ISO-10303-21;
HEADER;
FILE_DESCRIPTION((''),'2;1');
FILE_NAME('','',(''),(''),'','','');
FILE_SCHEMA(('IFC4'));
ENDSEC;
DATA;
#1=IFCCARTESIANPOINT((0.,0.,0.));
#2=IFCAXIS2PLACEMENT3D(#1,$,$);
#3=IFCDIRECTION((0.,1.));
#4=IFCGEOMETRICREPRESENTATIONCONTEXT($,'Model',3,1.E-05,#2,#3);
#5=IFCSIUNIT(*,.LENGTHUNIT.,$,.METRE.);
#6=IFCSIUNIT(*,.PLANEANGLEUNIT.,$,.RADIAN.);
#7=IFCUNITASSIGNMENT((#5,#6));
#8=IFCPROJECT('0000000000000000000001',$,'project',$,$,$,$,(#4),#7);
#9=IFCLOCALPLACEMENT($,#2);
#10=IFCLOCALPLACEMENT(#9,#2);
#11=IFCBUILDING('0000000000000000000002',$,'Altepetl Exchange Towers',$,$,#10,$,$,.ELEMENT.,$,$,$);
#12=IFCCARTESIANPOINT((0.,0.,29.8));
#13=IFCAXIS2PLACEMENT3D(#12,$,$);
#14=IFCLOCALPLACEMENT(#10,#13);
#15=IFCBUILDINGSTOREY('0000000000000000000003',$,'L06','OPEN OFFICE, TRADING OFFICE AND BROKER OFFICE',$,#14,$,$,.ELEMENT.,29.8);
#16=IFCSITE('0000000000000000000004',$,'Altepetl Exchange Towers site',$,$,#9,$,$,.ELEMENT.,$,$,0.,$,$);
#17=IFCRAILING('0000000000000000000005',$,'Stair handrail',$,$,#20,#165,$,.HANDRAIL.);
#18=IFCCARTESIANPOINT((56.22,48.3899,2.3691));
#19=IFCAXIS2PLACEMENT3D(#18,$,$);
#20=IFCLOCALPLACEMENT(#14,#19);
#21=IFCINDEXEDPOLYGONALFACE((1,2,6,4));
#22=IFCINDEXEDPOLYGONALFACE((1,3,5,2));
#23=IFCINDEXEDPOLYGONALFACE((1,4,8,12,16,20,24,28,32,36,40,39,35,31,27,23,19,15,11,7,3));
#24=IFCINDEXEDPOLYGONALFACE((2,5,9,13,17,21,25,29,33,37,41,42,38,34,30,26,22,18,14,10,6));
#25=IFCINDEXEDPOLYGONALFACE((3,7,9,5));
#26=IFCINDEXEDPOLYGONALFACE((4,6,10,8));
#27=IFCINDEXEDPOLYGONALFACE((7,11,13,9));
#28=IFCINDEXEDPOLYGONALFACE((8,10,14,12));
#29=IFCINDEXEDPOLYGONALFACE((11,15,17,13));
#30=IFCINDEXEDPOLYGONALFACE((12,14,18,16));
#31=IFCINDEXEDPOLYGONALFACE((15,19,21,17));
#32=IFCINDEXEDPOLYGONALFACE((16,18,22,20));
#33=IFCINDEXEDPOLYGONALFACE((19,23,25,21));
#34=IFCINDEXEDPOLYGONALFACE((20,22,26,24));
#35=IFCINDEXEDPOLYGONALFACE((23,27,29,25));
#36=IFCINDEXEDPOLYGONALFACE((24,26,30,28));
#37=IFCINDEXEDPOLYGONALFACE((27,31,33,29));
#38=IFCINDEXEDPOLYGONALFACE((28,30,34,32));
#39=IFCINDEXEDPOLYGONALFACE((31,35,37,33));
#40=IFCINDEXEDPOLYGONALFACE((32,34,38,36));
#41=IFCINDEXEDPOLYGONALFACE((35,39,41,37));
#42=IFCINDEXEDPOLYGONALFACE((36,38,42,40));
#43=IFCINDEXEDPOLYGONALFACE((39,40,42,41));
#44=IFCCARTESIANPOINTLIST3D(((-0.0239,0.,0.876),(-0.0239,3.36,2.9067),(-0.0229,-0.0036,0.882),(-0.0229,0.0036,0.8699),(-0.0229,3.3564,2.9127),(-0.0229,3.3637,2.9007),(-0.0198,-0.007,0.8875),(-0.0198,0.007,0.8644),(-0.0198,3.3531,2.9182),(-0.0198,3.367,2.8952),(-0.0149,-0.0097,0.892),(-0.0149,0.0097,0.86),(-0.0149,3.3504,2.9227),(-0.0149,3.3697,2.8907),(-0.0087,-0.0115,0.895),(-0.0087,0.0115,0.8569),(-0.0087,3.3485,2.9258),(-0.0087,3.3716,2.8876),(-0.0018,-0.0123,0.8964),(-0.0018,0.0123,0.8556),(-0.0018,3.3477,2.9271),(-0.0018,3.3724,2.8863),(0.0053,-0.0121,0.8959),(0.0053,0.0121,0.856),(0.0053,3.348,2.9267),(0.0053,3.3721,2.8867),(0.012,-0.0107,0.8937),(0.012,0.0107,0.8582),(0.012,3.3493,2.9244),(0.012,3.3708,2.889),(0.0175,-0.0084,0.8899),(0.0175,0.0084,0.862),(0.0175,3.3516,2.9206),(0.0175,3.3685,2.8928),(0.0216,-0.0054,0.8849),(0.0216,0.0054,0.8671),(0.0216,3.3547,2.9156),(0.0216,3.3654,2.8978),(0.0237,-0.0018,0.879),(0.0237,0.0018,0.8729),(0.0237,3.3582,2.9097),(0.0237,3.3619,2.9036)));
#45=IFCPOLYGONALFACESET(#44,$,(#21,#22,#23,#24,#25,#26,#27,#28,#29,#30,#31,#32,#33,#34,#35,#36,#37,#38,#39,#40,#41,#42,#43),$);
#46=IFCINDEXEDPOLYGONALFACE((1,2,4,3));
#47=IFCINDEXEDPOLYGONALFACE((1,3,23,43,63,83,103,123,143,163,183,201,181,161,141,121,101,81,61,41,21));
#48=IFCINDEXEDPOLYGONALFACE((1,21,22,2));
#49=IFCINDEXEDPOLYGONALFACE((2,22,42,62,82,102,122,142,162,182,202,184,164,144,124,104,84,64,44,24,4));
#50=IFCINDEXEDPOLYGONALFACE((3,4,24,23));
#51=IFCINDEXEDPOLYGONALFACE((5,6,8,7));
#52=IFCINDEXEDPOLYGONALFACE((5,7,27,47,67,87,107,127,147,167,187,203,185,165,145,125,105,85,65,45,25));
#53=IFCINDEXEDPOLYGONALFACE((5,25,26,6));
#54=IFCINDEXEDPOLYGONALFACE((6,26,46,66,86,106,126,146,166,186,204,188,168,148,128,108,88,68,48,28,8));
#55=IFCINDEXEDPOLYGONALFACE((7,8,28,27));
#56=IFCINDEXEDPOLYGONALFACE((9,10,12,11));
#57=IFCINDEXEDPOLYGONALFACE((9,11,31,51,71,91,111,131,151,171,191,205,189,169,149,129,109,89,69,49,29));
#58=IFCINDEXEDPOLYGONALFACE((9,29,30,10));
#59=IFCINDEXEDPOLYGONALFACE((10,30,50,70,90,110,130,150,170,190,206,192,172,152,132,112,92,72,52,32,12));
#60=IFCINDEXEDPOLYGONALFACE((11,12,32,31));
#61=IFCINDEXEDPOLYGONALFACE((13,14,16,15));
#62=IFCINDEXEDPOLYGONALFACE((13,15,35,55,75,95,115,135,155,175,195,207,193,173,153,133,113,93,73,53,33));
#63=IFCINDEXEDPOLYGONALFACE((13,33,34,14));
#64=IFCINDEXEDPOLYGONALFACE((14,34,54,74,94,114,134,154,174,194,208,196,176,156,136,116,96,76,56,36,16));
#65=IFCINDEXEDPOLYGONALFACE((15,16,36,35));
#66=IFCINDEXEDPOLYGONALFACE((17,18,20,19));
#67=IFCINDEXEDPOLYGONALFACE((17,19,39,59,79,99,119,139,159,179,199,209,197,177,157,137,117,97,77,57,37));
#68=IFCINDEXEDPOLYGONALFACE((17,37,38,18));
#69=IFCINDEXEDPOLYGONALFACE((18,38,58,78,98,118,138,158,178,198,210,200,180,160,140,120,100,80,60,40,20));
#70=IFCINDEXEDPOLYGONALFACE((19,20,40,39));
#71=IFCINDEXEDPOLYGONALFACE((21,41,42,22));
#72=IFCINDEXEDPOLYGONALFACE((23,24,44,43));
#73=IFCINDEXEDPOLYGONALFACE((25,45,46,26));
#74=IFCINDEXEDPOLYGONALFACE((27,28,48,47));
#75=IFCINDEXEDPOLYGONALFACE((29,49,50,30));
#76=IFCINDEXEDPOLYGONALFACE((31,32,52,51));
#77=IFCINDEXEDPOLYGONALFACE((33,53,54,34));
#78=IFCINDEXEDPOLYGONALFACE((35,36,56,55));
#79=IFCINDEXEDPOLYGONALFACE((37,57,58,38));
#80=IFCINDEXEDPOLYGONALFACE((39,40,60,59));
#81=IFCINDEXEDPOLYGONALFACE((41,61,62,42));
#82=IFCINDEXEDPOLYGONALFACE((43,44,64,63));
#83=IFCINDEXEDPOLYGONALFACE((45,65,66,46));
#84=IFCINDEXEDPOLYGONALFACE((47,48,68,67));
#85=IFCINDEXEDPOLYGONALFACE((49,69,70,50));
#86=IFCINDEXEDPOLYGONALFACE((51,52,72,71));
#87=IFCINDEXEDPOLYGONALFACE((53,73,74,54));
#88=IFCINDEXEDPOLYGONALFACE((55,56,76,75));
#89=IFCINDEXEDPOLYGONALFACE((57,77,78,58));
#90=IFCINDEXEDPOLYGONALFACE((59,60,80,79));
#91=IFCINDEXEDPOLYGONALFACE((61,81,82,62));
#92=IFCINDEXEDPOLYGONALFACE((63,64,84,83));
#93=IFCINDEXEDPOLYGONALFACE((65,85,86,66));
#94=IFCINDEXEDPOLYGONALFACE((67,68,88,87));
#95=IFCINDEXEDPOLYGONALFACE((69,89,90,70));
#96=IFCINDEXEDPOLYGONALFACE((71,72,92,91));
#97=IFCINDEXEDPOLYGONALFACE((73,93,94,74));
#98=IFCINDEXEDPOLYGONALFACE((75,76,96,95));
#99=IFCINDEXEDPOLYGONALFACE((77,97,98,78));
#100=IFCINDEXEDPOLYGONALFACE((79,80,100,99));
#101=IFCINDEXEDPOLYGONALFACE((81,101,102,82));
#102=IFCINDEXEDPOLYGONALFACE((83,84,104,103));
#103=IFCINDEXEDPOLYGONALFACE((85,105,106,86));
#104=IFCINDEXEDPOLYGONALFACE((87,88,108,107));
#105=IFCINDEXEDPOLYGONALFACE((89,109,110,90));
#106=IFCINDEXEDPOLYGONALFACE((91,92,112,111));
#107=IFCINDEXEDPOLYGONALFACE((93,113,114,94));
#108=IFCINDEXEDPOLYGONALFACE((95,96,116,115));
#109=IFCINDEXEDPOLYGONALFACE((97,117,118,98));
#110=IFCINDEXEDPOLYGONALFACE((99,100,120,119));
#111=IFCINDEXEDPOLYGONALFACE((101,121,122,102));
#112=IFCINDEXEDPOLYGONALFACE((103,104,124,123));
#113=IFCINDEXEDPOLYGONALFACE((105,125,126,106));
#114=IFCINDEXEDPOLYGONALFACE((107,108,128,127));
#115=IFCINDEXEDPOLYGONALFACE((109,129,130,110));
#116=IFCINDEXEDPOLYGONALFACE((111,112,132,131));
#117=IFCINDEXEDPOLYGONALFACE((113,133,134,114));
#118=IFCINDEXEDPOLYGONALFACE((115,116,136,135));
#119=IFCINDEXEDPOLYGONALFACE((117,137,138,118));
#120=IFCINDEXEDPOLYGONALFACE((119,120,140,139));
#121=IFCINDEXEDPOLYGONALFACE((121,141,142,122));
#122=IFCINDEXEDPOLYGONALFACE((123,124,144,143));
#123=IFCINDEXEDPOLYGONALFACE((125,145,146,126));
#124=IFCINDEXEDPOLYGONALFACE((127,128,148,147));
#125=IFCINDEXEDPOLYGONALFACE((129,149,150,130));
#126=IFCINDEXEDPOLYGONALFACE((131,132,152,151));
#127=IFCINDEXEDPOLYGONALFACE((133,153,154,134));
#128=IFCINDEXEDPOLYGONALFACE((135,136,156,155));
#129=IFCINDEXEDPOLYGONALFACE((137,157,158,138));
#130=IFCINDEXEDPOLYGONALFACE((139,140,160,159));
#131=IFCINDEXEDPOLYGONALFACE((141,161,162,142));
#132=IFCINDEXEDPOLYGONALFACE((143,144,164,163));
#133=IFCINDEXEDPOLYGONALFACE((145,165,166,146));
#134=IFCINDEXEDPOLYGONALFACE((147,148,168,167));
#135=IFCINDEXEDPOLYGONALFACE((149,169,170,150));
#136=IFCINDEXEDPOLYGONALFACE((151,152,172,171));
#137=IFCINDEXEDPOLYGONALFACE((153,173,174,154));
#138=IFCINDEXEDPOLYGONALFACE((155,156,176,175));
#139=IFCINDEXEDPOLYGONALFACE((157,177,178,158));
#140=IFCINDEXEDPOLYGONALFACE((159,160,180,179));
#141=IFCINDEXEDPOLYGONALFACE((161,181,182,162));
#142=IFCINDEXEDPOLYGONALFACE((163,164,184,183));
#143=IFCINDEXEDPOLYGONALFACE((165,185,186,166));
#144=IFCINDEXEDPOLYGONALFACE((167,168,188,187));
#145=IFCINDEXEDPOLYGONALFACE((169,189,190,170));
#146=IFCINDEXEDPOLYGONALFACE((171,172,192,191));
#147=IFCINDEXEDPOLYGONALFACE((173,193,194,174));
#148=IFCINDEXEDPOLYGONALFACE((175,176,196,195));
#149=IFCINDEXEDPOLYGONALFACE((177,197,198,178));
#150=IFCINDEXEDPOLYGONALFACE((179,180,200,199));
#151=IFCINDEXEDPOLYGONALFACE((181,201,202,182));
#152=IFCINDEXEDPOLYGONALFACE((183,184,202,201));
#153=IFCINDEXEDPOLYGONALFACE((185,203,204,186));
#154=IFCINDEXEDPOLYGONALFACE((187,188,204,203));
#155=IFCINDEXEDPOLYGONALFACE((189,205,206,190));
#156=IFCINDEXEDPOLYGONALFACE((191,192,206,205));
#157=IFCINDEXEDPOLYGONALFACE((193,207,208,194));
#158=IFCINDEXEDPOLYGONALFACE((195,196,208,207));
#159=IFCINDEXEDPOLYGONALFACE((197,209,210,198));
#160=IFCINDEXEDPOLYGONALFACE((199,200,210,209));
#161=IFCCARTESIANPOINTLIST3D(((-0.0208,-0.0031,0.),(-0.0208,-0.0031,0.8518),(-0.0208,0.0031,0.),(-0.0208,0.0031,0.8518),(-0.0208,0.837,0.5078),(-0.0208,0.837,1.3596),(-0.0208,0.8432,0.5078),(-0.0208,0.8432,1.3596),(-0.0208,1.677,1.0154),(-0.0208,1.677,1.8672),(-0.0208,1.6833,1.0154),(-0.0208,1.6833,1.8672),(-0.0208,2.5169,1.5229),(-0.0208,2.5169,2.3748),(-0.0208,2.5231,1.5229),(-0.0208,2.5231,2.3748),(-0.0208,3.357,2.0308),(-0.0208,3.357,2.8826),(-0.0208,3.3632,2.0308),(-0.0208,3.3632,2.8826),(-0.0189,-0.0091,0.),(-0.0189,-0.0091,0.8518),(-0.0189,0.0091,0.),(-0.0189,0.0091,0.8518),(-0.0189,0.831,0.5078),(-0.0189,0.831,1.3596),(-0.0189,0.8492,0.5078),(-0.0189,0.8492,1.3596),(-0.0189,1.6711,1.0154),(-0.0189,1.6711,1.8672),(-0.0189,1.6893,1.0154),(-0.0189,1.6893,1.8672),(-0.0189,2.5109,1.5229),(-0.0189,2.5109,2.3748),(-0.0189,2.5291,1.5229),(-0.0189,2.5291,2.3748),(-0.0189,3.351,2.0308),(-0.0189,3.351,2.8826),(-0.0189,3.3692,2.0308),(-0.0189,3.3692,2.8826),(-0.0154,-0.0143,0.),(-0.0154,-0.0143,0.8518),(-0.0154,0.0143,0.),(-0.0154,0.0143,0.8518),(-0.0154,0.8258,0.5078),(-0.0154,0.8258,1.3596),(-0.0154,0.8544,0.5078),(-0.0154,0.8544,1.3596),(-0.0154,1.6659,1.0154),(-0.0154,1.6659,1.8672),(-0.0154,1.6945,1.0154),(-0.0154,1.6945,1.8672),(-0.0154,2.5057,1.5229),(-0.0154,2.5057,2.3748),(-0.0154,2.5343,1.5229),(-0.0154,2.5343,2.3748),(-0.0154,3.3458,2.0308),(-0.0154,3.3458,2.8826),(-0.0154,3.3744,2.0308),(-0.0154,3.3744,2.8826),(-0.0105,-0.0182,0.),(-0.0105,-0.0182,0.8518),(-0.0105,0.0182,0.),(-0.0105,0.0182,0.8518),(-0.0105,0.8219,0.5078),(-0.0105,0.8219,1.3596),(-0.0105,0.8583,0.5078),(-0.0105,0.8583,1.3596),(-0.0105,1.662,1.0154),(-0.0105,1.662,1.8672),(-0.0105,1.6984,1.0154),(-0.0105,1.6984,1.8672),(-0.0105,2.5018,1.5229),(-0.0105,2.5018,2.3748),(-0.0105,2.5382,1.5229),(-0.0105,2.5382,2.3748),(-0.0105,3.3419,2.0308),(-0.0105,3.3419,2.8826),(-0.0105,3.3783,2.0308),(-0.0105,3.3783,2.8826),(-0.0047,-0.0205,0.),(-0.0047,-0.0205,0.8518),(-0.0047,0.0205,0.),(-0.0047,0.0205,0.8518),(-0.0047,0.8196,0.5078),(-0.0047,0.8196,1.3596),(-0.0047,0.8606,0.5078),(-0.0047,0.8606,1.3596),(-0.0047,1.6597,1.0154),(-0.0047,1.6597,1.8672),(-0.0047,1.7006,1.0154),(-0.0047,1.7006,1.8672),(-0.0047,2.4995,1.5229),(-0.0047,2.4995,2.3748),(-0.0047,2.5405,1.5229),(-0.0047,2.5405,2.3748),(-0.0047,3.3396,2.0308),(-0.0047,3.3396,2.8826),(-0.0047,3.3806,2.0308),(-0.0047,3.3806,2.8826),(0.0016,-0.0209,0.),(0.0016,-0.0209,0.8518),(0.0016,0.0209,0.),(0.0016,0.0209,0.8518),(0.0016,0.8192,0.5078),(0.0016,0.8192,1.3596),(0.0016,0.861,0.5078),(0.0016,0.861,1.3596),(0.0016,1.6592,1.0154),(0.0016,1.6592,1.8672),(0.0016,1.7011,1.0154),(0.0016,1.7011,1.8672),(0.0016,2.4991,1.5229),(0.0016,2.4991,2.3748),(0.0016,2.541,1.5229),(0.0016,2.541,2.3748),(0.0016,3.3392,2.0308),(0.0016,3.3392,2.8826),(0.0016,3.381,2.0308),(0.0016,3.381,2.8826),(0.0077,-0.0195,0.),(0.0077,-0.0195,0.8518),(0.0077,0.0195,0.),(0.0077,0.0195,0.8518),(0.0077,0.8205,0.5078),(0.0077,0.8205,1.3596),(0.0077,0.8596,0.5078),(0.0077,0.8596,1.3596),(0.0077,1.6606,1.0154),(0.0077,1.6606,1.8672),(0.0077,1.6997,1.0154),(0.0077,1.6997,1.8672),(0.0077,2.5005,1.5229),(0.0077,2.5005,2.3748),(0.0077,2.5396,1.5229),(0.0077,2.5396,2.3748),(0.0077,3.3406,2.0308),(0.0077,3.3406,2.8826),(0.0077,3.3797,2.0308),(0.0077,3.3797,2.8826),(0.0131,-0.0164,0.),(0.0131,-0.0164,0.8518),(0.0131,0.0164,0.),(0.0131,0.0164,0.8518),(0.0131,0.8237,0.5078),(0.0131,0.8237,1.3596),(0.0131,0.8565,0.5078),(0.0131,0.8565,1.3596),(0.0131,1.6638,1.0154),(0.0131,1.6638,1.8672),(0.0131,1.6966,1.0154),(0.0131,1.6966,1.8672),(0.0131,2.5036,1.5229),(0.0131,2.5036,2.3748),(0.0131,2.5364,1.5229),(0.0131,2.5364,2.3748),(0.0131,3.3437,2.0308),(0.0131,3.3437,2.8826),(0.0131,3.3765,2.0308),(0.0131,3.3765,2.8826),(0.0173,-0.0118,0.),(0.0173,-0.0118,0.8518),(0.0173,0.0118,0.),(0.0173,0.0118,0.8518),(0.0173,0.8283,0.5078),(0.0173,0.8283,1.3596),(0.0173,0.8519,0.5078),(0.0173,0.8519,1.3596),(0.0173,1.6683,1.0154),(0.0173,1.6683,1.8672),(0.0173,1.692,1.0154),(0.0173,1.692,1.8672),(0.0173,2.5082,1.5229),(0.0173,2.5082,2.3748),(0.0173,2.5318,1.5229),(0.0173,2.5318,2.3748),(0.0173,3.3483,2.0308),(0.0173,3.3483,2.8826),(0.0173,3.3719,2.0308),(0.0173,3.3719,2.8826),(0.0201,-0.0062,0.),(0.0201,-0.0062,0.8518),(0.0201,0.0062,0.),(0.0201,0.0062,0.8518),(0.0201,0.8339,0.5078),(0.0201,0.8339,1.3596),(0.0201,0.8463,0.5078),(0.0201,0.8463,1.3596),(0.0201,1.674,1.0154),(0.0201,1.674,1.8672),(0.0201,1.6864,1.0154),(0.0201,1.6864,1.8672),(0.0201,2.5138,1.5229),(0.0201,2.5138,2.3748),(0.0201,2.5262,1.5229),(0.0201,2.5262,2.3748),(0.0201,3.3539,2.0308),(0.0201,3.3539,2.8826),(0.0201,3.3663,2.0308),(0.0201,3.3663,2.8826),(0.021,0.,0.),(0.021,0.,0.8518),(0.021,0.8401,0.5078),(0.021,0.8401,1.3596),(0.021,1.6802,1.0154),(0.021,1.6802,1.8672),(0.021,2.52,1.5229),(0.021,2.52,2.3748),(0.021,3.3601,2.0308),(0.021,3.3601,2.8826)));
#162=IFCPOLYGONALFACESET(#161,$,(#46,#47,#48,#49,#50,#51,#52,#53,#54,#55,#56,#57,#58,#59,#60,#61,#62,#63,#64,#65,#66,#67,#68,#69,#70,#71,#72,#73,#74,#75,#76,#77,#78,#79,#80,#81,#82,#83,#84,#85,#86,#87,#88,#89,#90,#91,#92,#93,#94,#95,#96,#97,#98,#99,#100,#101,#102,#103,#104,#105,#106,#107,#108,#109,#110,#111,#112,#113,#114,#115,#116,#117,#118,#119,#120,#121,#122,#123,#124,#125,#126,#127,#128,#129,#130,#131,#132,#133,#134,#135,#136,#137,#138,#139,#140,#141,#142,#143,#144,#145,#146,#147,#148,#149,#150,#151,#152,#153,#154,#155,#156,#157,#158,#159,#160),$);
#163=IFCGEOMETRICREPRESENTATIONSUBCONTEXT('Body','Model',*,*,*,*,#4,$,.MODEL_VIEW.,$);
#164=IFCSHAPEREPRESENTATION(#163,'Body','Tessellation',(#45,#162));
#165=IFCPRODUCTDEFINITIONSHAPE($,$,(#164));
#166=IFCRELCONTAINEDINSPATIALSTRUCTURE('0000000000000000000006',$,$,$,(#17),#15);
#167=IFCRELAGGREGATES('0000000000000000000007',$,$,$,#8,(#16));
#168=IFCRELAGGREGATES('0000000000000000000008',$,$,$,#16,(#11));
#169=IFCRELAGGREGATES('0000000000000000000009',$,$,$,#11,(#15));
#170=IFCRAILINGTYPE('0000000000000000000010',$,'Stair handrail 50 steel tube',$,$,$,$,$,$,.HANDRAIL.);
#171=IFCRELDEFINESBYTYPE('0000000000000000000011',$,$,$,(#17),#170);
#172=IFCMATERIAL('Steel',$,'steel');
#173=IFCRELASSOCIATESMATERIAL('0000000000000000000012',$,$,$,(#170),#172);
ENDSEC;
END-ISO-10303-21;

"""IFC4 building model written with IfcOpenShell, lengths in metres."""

from ifc_helpers import new_model, si_unit, direction, frame, origin, origin_2d, place, context, subcontext, project, spatial, circle, extrude, source, transform, mapped, material, type_object, element, save


model = new_model("IFC4")

# Units and contexts
model_context = context("Model", 3, precision=1e-05, world=origin(), true_north=direction((0.0, 1.0)))
body_context = subcontext(model_context, "Body", "Model", "MODEL_VIEW")
ifc_project = project(units=[si_unit("LENGTHUNIT", "METRE"), si_unit("PLANEANGLEUNIT", "RADIAN")], contexts=[model_context])

# Site, building, storey
site_placement = place(None, origin())
site = spatial("IfcSite", under=ifc_project, at=site_placement, Name="Altepetl Exchange Towers site", CompositionType="ELEMENT", RefElevation=0.0)
building_placement = place(site_placement, origin())
building = spatial("IfcBuilding", under=site, at=building_placement, Name="Altepetl Exchange Towers", CompositionType="ELEMENT")
storey_placement = place(building_placement, frame((0.0, 0.0, 29.8)))
storey = spatial("IfcBuildingStorey", under=building, at=storey_placement, Name="L06", Description="OPEN OFFICE, TRADING OFFICE AND BROKER OFFICE", CompositionType="ELEMENT", Elevation=29.8)

# Railing
ifc_material_1 = material(Name="Steel", Category="steel")
railing_type = type_object("IfcRailingType", Name="Stair handrail 50 steel tube", PredefinedType="HANDRAIL", material=ifc_material_1)
shared_shape = source(origin(), body_context, "Body", "SweptSolid", [
    extrude(circle(Radius=0.021, at=origin_2d()), origin(), (0.0, 0.0, 1.0), 0.8518),
])
railing_1_placement = place(storey_placement, frame((56.22, 48.3899, 2.3691)))
element("IfcRailing", 1, at=railing_1_placement, inside=storey, type_object=railing_type, Name="Stair handrail", PredefinedType="HANDRAIL", context=body_context, shape_type="SweptSolid", body=[
    extrude(circle(Radius=0.0239, at=origin_2d()), frame((0.0, 0.0, 0.876), z_axis=(0.0, 0.855837, 0.517246), x_axis=(-1.0, 0.0, 0.0)), (0.0, 0.0, 1.0), 3.926),
    mapped(shared_shape, transform((0.0, 0.0, 0.0))),
    mapped(shared_shape, transform((0.0, 0.8401, 0.5078))),
    mapped(shared_shape, transform((0.0, 1.6802, 1.0154))),
    mapped(shared_shape, transform((0.0, 2.52, 1.5229))),
    mapped(shared_shape, transform((0.0, 3.3601, 2.0308))),
])

save(model, "model.ifc")
